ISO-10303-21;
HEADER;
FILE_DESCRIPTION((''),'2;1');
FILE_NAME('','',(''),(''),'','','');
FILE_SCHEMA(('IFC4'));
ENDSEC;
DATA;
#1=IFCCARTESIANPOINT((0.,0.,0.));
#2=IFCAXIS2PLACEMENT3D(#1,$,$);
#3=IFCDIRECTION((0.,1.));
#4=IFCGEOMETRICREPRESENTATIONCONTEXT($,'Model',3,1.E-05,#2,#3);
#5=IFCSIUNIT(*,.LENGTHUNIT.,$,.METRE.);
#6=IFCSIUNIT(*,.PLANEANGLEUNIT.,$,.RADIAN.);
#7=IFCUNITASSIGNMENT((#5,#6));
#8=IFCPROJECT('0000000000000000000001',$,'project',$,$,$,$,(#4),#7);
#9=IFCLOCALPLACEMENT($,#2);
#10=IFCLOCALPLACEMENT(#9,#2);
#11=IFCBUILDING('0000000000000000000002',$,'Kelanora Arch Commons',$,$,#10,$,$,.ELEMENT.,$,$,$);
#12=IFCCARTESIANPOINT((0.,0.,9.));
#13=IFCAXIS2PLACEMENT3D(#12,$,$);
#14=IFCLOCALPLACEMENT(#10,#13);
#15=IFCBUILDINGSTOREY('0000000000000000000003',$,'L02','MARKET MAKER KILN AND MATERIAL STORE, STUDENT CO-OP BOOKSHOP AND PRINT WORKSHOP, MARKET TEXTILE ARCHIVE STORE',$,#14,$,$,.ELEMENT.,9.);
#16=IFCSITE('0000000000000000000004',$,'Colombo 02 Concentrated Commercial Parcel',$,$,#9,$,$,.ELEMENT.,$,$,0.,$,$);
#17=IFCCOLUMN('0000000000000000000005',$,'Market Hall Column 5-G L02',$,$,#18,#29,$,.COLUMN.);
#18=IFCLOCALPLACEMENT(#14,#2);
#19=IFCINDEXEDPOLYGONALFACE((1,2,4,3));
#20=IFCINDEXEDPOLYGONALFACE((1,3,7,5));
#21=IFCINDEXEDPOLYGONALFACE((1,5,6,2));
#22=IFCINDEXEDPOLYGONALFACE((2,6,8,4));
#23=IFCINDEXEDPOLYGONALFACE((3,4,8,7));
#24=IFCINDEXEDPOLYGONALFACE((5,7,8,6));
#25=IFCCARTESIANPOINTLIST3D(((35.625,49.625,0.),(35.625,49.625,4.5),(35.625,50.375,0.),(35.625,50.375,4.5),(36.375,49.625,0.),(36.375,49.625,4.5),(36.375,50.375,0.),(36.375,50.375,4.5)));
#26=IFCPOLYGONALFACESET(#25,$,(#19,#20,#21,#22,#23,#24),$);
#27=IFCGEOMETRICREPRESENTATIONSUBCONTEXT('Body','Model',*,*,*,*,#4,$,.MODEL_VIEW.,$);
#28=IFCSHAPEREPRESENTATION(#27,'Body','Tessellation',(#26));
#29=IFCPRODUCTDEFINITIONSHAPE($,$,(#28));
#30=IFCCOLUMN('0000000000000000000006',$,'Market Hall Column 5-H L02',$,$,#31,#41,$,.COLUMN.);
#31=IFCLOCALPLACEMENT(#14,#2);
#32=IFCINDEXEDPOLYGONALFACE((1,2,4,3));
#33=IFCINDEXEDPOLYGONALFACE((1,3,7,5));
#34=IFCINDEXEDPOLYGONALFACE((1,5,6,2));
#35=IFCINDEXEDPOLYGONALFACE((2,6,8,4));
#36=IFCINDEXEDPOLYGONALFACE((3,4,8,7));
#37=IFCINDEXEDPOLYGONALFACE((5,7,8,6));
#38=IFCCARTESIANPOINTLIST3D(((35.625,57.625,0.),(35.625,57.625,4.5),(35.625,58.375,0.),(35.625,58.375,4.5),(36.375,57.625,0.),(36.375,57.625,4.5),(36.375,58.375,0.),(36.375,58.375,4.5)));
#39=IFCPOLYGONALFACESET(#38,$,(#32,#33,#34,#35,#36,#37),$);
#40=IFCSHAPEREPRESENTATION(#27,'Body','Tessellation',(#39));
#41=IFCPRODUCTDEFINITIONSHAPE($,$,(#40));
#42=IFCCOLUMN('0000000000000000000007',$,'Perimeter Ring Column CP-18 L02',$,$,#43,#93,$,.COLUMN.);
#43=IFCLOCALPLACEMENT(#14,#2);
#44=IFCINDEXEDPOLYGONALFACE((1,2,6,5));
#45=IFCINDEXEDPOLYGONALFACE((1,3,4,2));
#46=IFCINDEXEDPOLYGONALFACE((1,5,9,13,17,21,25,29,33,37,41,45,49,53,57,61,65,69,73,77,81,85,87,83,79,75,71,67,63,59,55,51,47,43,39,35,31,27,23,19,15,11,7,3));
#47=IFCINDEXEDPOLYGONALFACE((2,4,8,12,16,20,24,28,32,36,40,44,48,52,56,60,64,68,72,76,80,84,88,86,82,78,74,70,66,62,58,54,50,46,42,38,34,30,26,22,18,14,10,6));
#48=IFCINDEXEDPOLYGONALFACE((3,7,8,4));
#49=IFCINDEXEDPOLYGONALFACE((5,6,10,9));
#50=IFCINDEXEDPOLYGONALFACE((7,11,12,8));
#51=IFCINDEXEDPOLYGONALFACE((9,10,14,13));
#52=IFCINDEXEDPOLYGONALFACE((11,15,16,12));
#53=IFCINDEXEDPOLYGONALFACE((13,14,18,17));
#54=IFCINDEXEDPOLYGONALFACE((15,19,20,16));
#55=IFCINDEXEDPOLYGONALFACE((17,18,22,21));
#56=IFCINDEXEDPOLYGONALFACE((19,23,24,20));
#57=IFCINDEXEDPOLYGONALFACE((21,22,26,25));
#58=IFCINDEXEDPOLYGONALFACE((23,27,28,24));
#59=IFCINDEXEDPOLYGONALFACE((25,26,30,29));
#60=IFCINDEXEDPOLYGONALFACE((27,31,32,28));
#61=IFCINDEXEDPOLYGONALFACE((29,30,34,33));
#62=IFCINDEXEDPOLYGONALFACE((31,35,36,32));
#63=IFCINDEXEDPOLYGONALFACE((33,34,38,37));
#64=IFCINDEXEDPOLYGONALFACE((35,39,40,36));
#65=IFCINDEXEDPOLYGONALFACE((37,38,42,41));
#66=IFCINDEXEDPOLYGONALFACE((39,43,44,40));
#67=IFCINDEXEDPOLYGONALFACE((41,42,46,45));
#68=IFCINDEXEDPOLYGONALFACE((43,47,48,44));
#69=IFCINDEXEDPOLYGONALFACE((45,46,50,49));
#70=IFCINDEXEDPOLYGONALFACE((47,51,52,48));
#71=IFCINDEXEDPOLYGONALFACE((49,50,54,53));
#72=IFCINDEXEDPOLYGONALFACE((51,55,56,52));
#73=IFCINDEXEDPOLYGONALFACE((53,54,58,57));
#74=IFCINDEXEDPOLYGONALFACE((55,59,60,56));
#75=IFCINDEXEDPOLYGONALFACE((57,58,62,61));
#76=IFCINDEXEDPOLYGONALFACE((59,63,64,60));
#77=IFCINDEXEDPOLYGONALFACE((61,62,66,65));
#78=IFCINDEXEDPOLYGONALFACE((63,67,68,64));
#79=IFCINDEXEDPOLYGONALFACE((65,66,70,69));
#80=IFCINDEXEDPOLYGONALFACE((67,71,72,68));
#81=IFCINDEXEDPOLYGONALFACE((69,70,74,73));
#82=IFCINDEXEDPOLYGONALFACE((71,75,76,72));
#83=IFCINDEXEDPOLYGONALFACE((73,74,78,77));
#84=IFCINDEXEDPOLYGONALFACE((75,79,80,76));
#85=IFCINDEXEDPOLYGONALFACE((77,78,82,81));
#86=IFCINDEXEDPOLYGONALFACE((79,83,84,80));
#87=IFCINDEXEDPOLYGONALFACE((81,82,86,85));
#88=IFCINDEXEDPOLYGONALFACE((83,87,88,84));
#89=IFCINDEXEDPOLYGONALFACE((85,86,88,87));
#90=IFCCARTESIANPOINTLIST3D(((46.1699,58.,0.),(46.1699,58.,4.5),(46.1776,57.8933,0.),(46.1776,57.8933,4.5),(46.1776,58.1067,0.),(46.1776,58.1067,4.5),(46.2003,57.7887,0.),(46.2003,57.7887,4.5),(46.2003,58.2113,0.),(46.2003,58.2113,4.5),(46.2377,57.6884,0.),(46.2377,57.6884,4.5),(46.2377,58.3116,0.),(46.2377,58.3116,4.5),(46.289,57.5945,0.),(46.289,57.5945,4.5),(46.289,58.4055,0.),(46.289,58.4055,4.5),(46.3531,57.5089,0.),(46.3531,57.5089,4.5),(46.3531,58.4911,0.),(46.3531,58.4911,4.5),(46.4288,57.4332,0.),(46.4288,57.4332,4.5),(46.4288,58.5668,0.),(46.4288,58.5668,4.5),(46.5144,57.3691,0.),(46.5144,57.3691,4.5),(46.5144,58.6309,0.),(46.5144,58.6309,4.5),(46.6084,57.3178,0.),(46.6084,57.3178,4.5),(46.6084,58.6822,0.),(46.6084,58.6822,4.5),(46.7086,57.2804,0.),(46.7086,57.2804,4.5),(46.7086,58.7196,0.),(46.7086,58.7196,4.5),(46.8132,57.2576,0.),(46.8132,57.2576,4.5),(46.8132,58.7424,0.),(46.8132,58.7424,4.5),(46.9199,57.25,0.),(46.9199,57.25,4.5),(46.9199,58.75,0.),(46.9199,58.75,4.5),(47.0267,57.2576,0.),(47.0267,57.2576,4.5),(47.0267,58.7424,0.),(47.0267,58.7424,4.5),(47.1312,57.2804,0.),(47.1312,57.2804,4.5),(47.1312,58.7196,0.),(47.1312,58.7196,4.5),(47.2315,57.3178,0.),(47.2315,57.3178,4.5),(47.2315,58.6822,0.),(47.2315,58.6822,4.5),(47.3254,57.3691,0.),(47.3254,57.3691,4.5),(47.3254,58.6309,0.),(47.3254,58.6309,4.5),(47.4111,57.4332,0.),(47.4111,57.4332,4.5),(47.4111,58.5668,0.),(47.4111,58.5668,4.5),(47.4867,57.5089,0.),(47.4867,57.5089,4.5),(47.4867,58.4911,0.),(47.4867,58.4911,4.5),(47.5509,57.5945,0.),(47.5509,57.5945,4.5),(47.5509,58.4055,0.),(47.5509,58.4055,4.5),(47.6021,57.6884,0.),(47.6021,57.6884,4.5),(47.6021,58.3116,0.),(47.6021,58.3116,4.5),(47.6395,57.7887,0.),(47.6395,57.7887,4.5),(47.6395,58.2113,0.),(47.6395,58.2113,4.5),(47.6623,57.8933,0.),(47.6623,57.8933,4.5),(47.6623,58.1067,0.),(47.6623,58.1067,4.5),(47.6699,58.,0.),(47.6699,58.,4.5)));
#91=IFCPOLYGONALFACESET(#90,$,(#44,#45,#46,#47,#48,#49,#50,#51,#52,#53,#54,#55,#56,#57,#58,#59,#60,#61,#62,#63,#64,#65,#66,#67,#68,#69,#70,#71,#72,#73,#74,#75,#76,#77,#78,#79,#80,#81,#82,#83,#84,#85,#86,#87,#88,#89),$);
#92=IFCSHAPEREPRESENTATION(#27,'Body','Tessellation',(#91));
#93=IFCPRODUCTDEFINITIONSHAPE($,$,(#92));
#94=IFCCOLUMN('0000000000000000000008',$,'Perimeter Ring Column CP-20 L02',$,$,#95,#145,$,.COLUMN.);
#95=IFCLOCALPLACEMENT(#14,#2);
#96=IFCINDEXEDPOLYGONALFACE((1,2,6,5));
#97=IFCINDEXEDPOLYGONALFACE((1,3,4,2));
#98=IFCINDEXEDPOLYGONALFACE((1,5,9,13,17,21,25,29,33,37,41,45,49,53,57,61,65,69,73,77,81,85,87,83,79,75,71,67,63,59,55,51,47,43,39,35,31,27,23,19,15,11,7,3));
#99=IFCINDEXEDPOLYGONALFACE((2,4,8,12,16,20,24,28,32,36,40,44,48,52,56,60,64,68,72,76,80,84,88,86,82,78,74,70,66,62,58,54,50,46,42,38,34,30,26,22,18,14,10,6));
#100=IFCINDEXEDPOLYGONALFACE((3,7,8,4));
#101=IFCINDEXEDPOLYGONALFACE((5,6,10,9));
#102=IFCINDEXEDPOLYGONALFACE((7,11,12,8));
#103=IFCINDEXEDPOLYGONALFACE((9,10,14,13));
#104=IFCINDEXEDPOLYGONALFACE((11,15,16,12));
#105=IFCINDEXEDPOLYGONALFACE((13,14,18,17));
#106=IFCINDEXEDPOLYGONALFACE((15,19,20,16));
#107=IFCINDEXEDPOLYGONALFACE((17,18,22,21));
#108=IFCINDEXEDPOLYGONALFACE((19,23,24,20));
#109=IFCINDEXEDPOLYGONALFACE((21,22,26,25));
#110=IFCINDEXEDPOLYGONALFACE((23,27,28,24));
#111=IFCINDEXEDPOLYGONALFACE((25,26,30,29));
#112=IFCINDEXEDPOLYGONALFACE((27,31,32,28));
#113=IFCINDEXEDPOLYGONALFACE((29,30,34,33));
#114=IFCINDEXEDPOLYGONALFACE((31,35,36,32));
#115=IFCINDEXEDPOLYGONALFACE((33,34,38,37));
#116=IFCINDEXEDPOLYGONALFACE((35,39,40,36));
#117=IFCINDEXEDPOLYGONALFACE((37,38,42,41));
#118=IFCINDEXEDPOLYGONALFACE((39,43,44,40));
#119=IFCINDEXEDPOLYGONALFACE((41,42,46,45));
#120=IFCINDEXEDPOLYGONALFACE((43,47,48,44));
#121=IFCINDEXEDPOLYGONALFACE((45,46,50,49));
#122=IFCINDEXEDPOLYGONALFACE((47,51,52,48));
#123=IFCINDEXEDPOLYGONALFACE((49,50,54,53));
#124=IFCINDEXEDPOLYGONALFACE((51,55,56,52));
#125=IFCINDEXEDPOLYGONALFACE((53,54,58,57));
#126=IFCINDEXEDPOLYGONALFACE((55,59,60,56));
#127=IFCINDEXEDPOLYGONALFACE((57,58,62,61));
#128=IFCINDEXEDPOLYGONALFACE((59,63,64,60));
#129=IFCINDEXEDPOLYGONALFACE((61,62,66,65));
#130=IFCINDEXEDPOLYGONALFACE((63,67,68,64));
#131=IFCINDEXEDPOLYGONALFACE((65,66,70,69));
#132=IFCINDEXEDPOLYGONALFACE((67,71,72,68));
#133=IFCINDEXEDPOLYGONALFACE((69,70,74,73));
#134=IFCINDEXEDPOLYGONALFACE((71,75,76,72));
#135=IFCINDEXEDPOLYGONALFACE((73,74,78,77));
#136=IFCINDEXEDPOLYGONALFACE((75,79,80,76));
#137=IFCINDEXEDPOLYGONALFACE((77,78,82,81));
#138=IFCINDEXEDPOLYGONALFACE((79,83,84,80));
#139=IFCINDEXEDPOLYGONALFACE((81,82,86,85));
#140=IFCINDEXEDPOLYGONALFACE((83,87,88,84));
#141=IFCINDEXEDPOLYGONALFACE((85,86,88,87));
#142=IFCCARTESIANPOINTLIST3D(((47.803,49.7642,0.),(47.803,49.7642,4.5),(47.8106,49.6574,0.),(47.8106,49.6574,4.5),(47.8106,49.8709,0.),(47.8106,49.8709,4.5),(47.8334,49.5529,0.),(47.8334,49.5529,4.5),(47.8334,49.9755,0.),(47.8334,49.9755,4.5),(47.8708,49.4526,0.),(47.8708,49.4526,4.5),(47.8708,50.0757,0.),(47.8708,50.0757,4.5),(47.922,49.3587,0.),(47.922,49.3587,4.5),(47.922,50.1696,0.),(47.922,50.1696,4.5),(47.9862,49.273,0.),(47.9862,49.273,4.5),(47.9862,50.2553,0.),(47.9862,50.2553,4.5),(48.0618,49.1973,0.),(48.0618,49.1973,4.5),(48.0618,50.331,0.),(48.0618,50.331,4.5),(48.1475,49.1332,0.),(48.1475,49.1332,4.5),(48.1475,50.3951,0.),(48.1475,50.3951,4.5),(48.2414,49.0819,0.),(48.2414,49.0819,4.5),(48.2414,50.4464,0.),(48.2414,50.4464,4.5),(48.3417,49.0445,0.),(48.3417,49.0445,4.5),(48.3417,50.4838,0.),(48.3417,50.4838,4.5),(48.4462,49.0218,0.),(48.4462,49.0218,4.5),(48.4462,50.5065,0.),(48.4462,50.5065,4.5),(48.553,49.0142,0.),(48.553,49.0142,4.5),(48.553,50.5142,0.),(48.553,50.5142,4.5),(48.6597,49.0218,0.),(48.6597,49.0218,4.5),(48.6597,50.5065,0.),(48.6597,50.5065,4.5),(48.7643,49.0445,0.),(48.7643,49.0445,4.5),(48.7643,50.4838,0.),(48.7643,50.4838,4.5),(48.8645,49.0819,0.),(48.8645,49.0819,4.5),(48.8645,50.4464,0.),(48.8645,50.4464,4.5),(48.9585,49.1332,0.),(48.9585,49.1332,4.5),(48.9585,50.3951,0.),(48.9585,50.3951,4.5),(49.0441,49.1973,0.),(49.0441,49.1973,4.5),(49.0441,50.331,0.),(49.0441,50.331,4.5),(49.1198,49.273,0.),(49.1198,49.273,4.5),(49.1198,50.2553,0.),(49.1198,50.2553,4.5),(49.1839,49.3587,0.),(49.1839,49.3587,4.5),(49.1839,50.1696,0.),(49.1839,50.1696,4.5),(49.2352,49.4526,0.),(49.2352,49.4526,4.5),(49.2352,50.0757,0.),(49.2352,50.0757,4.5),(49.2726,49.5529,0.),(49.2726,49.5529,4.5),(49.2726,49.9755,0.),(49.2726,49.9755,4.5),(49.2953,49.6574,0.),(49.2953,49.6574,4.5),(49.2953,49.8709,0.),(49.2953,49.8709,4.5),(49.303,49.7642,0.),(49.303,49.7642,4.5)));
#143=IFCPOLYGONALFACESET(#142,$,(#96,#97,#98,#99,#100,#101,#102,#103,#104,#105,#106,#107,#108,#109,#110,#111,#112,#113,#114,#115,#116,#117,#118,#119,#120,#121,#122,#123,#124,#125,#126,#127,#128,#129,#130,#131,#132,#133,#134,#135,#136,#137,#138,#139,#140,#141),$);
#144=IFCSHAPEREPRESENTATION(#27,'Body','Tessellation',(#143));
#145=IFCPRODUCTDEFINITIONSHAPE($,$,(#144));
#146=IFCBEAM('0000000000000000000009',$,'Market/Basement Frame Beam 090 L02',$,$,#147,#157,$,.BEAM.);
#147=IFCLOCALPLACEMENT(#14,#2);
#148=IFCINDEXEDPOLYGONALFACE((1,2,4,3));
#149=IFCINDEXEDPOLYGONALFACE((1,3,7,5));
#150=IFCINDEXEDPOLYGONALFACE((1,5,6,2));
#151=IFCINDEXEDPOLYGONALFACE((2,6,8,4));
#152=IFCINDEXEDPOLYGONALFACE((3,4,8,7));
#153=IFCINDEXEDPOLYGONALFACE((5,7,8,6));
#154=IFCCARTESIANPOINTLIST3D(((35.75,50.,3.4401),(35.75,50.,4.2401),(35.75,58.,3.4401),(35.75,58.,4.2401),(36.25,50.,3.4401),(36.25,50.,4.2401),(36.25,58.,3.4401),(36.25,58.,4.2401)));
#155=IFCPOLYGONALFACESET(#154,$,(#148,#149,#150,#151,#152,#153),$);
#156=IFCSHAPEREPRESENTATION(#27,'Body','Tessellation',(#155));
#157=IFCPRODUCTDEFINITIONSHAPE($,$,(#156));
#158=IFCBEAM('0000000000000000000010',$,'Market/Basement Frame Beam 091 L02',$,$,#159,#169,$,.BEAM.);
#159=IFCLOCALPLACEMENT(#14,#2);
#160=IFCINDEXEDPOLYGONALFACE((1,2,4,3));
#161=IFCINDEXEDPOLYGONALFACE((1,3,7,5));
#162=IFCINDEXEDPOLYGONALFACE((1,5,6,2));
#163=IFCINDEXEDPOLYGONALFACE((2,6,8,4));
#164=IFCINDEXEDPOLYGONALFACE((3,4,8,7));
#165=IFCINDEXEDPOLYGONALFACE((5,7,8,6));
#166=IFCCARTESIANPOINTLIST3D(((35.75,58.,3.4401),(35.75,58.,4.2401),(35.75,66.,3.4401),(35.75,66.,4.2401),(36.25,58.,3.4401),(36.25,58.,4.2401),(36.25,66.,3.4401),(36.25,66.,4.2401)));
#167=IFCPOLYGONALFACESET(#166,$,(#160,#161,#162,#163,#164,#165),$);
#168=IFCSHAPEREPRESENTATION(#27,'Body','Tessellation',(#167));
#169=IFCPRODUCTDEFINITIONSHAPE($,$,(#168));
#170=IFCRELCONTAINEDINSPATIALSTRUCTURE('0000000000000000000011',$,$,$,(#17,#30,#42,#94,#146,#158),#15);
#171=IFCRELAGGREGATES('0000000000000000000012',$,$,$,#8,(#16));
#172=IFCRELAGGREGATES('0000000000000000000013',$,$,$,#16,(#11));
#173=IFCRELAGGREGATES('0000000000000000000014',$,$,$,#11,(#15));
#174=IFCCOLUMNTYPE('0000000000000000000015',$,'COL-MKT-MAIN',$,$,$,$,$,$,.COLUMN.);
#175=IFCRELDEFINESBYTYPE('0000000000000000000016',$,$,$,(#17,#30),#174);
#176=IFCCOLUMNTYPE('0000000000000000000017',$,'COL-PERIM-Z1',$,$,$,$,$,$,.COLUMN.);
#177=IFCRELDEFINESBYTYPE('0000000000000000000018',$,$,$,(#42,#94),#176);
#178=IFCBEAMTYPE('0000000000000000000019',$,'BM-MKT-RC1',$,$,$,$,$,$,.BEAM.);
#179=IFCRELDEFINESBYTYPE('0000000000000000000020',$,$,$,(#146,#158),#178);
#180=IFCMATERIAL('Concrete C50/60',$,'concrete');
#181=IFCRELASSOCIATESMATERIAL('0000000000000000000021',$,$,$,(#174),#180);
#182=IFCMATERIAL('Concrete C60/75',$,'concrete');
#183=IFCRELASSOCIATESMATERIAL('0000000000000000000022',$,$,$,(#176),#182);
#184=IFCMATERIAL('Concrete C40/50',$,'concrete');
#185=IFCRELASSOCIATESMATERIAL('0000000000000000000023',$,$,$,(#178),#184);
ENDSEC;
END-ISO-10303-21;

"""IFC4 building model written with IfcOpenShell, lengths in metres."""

from ifc_helpers import new_model, si_unit, direction, frame, origin, origin_2d, place, context, subcontext, project, spatial, rectangle, circle, extrude, material, material_profile, profile_set, type_object, element, save


model = new_model("IFC4")

# Units and contexts
model_context = context("Model", 3, precision=1e-05, world=origin(), true_north=direction((0.0, 1.0)))
body_context = subcontext(model_context, "Body", "Model", "MODEL_VIEW")
ifc_project = project(units=[si_unit("LENGTHUNIT", "METRE"), si_unit("PLANEANGLEUNIT", "RADIAN")], contexts=[model_context])

# Site, building, storey
site_placement = place(None, origin())
site = spatial("IfcSite", under=ifc_project, at=site_placement, Name="Colombo 02 Concentrated Commercial Parcel", CompositionType="ELEMENT", RefElevation=0.0)
building_placement = place(site_placement, origin())
building = spatial("IfcBuilding", under=site, at=building_placement, Name="Kelanora Arch Commons", CompositionType="ELEMENT")
storey_placement = place(building_placement, frame((0.0, 0.0, 9.0)))
storey = spatial("IfcBuildingStorey", under=building, at=storey_placement, Name="L02", Description="MARKET MAKER KILN AND MATERIAL STORE, STUDENT CO-OP BOOKSHOP AND PRINT WORKSHOP, MARKET TEXTILE ARCHIVE STORE", CompositionType="ELEMENT", Elevation=9.0)

# Columns
ifc_material_1 = material(Name="Concrete C50/60", Category="concrete")
ifc_material_profile_1 = material_profile(ifc_material_1, rectangle(XDim=0.75, YDim=0.75, at=origin_2d()), Name="RC750x750")
ifc_profile_set_1 = profile_set([ifc_material_profile_1], Name="Concrete C50/60")
column_type_1 = type_object("IfcColumnType", Name="COL-MKT-MAIN", PredefinedType="COLUMN", material=ifc_profile_set_1)
for number, where, z_axis, x_axis, name in (
    (1, (36.0, 50.0, 0.0), (0.0, 0.0, 1.0), (1.0, 0.0, 0.0), "Market Hall Column 5-G L02"),
    (2, (36.0, 58.0, 0.0), (0.0, 0.0, 1.0), (1.0, 0.0, 0.0), "Market Hall Column 5-H L02"),
):
    element("IfcColumn", number, at=place(storey_placement, frame(where, z_axis=z_axis, x_axis=x_axis)), inside=storey, type_object=column_type_1, Name=name, PredefinedType="COLUMN", context=body_context, shape_type="SweptSolid", body=[
        extrude(rectangle(XDim=0.75, YDim=0.75, at=origin_2d()), origin(), (0.0, 0.0, 1.0), 4.5),
    ])
ifc_material_2 = material(Name="Concrete C60/75", Category="concrete")
ifc_material_profile_2 = material_profile(ifc_material_2, circle(Radius=0.75, at=origin_2d()), Name="RCC1500")
ifc_profile_set_2 = profile_set([ifc_material_profile_2], Name="Concrete C60/75")
column_type_2 = type_object("IfcColumnType", Name="COL-PERIM-Z1", PredefinedType="COLUMN", material=ifc_profile_set_2)
for number, where, z_axis, x_axis, name in (
    (3, (46.9199, 58.0, 0.0), (0.0, 0.0, 1.0), (1.0, 0.0, 0.0), "Perimeter Ring Column CP-18 L02"),
    (4, (48.553, 49.7642, 0.0), (0.0, 0.0, 1.0), (1.0, 0.0, 0.0), "Perimeter Ring Column CP-20 L02"),
):
    element("IfcColumn", number, at=place(storey_placement, frame(where, z_axis=z_axis, x_axis=x_axis)), inside=storey, type_object=column_type_2, Name=name, PredefinedType="COLUMN", context=body_context, shape_type="SweptSolid", body=[
        extrude(circle(Radius=0.75, at=origin_2d()), origin(), (0.0, 0.0, 1.0), 4.5),
    ])

# Beams
ifc_material_3 = material(Name="Concrete C40/50", Category="concrete")
ifc_material_profile_3 = material_profile(ifc_material_3, rectangle(XDim=0.5, YDim=0.8, at=origin_2d()), Name="RCB500x800")
ifc_profile_set_3 = profile_set([ifc_material_profile_3], Name="Concrete C40/50")
beam_type_1 = type_object("IfcBeamType", Name="BM-MKT-RC1", PredefinedType="BEAM", material=ifc_profile_set_3)
for number, where, z_axis, x_axis, name in (
    (5, (36.0, 50.0, 3.8401), (0.0, 1.0, 0.0), (-1.0, 0.0, 0.0), "Market/Basement Frame Beam 090 L02"),
    (6, (36.0, 58.0, 3.8401), (0.0, 1.0, 0.0), (-1.0, 0.0, 0.0), "Market/Basement Frame Beam 091 L02"),
):
    element("IfcBeam", number, at=place(storey_placement, frame(where, z_axis=z_axis, x_axis=x_axis)), inside=storey, type_object=beam_type_1, Name=name, PredefinedType="BEAM", context=body_context, shape_type="SweptSolid", body=[
        extrude(rectangle(XDim=0.5, YDim=0.8, at=origin_2d()), origin(), (0.0, 0.0, 1.0), 8.0),
    ])

save(model, "model.ifc")
